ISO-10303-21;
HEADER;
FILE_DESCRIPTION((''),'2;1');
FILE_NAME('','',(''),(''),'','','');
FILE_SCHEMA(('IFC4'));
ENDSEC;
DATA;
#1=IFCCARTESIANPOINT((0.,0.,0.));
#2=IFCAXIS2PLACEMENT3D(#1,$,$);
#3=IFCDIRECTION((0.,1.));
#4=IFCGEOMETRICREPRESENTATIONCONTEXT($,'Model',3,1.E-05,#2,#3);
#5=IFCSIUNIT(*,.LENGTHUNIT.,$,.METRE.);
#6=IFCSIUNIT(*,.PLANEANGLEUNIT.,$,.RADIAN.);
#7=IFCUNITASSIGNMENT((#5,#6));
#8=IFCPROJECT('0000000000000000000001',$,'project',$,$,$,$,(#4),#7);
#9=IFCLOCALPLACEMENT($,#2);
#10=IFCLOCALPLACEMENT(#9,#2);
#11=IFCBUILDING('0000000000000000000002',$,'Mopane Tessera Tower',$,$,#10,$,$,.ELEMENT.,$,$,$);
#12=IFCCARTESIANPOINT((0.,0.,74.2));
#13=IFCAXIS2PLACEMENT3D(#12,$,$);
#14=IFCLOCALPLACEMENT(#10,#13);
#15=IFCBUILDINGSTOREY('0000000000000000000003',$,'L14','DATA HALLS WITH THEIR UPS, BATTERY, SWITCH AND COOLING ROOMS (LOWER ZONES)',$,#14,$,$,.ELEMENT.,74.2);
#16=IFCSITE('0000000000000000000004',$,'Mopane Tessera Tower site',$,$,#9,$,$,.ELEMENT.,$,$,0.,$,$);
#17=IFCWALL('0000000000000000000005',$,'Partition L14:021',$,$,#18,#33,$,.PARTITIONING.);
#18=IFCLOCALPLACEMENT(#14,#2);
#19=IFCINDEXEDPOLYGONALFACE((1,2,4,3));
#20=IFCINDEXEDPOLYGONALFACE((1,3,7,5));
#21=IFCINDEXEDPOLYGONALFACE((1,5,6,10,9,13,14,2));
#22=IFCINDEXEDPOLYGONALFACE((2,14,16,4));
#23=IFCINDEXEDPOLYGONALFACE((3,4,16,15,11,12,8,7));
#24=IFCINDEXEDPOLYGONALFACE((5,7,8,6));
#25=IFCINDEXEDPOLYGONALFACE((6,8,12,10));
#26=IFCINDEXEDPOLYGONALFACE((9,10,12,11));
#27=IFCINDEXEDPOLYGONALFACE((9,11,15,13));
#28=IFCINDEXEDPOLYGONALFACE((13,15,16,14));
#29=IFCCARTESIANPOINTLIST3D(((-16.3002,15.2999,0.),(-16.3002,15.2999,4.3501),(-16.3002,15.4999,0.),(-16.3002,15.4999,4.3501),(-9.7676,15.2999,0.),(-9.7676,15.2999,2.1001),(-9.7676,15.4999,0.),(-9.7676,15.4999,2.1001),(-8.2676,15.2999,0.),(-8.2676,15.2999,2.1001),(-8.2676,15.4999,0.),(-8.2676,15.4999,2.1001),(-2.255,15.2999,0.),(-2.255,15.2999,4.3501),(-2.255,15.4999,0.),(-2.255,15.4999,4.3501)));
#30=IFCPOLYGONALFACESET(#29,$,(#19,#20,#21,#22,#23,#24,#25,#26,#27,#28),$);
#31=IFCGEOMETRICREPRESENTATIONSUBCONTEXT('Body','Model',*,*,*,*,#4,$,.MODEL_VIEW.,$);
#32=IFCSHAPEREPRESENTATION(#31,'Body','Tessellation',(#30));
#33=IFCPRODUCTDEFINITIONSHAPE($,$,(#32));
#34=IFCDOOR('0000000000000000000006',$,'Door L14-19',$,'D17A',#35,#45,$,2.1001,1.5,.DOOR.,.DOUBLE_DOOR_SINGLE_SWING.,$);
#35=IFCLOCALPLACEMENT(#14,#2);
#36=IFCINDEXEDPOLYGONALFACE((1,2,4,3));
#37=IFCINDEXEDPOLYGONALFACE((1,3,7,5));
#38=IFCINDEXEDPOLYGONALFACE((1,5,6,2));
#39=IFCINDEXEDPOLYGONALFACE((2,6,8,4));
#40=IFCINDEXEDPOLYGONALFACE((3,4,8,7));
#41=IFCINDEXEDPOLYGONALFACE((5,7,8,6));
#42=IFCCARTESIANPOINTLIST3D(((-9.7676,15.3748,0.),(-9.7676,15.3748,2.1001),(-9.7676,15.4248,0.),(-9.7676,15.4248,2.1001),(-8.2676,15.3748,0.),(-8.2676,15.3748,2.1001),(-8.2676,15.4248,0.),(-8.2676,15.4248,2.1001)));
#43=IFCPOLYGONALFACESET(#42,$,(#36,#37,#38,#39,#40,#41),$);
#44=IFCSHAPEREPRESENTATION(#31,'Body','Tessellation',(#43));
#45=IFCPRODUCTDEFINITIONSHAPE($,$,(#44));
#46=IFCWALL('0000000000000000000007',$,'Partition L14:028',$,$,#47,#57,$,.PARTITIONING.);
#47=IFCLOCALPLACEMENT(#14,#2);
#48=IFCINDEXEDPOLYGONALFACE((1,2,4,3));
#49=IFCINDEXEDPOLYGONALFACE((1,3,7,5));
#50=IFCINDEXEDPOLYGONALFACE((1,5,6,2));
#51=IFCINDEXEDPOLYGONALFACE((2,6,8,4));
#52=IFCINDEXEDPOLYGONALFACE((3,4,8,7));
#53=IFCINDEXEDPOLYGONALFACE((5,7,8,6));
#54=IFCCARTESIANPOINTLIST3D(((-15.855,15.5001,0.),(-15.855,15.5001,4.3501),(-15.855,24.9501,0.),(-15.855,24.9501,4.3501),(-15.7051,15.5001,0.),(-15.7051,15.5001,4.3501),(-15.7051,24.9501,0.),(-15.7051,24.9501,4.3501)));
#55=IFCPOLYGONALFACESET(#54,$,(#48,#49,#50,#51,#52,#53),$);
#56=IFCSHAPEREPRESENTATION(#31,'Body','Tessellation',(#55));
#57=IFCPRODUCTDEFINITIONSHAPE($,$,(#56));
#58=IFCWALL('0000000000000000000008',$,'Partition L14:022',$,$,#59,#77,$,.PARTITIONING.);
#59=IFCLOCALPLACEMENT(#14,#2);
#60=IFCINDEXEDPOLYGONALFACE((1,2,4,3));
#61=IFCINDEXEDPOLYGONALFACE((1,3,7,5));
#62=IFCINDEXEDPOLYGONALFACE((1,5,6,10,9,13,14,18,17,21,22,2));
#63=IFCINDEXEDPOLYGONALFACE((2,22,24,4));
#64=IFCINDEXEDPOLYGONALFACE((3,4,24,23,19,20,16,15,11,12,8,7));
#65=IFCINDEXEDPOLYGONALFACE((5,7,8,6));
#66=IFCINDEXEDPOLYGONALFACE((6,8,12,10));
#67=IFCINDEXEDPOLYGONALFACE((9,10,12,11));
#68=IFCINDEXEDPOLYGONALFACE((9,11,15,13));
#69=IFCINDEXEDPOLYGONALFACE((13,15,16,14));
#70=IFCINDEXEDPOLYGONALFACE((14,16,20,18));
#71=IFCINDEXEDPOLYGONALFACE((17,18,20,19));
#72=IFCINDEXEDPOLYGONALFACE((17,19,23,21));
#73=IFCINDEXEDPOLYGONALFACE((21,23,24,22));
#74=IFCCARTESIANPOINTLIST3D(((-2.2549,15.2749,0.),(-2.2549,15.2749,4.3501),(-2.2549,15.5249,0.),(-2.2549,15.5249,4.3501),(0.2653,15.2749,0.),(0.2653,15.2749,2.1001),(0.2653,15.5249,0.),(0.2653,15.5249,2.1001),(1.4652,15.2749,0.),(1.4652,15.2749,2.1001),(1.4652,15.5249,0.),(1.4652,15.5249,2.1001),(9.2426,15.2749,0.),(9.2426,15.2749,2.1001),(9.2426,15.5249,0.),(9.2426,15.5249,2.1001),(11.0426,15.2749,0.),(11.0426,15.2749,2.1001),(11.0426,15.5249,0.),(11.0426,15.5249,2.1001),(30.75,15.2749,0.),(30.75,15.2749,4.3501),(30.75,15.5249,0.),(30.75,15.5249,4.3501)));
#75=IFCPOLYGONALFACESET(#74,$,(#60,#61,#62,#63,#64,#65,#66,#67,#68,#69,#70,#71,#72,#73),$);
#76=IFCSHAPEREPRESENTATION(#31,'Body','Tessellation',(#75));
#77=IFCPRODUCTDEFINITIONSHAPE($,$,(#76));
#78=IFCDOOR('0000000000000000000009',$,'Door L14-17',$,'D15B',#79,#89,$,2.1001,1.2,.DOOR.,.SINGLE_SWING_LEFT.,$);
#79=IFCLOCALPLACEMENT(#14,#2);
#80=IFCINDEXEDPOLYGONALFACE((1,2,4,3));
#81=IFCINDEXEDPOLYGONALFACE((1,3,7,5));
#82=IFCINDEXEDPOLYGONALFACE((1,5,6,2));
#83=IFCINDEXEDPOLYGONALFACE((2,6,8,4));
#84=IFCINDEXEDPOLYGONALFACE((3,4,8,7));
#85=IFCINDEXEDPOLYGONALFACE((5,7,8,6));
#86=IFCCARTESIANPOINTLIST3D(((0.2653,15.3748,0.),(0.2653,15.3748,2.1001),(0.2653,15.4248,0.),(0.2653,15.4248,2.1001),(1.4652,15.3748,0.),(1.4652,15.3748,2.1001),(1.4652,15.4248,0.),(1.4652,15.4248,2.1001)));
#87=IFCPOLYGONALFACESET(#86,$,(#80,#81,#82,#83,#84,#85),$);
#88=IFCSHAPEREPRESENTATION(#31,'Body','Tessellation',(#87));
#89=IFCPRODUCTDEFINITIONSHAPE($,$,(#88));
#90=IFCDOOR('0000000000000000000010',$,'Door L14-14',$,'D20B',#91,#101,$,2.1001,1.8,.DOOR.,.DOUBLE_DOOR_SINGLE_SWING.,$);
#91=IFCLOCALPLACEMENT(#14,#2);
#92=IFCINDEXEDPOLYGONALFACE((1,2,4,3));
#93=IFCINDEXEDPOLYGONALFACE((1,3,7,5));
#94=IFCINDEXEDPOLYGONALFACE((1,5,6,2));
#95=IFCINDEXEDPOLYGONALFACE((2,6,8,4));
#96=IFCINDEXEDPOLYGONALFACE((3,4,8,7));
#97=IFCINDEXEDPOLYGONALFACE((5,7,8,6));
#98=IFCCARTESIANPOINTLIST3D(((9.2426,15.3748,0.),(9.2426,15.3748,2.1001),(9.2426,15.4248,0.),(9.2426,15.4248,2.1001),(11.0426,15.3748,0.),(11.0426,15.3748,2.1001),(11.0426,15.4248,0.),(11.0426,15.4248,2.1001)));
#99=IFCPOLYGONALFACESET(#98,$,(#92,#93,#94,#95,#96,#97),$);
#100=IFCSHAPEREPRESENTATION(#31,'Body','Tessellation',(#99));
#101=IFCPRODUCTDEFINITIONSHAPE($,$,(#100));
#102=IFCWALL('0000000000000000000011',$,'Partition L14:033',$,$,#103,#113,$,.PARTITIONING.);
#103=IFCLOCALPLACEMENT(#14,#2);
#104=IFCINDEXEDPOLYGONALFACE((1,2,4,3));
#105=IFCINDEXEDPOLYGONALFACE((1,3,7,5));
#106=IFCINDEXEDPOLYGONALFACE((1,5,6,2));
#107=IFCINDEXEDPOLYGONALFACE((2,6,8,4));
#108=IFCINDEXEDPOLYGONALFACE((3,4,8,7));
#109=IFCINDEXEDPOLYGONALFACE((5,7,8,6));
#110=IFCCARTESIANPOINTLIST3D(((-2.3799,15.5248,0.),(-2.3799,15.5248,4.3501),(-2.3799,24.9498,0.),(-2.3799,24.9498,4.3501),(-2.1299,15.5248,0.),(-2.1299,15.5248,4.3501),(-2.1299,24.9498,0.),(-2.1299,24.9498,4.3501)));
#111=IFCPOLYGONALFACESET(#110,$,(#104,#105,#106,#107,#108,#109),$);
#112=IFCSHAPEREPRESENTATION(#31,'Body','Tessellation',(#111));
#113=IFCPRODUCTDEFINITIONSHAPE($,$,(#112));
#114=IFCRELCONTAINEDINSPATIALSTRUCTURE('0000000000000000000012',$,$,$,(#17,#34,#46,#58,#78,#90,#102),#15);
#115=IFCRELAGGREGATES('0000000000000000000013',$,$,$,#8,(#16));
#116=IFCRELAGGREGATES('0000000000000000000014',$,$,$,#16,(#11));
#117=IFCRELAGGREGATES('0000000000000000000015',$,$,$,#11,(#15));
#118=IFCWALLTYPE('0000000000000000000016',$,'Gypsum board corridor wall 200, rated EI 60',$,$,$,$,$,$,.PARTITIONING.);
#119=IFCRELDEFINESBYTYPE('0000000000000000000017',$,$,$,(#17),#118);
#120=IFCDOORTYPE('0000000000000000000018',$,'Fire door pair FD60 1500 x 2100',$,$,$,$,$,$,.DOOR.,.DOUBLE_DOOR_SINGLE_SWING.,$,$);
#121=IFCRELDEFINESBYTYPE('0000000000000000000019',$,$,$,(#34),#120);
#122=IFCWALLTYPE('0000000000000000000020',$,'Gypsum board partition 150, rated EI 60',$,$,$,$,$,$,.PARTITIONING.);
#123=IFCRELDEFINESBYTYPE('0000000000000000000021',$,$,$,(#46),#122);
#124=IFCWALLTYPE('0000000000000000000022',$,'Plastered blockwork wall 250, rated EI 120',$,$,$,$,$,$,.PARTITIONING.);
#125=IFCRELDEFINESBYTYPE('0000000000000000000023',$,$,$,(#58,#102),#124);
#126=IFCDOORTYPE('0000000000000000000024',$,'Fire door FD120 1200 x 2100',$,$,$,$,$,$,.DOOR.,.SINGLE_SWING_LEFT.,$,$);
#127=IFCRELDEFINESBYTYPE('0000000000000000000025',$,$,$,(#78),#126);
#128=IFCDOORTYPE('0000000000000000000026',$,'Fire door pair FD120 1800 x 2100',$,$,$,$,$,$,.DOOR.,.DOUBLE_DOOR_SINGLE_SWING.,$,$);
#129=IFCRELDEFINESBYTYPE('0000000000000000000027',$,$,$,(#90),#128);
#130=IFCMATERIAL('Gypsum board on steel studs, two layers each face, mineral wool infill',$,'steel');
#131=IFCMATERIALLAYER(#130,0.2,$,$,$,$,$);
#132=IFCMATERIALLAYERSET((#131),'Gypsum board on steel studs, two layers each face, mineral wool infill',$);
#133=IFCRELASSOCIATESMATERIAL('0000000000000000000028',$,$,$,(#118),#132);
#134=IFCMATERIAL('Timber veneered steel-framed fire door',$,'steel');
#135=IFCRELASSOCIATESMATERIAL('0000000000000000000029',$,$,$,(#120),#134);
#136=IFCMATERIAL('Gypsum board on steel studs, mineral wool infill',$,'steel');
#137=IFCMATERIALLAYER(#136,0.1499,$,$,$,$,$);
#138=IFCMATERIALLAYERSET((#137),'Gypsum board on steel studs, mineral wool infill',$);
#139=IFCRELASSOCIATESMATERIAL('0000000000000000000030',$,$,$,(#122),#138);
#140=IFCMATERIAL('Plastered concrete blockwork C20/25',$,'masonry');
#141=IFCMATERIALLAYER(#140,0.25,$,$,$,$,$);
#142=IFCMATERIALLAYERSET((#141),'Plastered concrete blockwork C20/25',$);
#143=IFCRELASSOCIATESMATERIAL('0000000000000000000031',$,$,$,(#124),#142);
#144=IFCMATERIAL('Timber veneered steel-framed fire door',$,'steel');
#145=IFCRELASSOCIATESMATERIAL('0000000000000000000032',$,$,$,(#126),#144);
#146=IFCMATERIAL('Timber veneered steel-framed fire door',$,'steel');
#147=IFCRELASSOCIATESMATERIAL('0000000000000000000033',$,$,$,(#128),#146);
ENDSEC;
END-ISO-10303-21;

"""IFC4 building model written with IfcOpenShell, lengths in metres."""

from ifc_helpers import new_model, si_unit, direction, frame, frame_2d, origin, place, context, subcontext, project, spatial, rectangle, extrude, material, layer, layer_set, type_object, element, fill, save


model = new_model("IFC4")

# Units and contexts
model_context = context("Model", 3, precision=1e-05, world=origin(), true_north=direction((0.0, 1.0)))
body_context = subcontext(model_context, "Body", "Model", "MODEL_VIEW")
ifc_project = project(units=[si_unit("LENGTHUNIT", "METRE"), si_unit("PLANEANGLEUNIT", "RADIAN")], contexts=[model_context])

# Site, building, storey
site_placement = place(None, origin())
site = spatial("IfcSite", under=ifc_project, at=site_placement, Name="Mopane Tessera Tower site", CompositionType="ELEMENT", RefElevation=0.0)
building_placement = place(site_placement, origin())
building = spatial("IfcBuilding", under=site, at=building_placement, Name="Mopane Tessera Tower", CompositionType="ELEMENT")
storey_placement = place(building_placement, frame((0.0, 0.0, 74.2)))
storey = spatial("IfcBuildingStorey", under=building, at=storey_placement, Name="L14", Description="DATA HALLS WITH THEIR UPS, BATTERY, SWITCH AND COOLING ROOMS (LOWER ZONES)", CompositionType="ELEMENT", Elevation=74.2)

# Wall, opening, door
ifc_material_1 = material(Name="Gypsum board on steel studs, two layers each face, mineral wool infill", Category="steel")
ifc_layer_1 = layer(ifc_material_1, 0.2)
ifc_layer_set_1 = layer_set([ifc_layer_1], Name="Gypsum board on steel studs, two layers each face, mineral wool infill")
wall_type_1 = type_object("IfcWallType", Name="Gypsum board corridor wall 200, rated EI 60", PredefinedType="PARTITIONING", material=ifc_layer_set_1)
wall_1_placement = place(storey_placement, frame((-16.3, 15.3999, 0.0), z_axis=(0.0, 0.0, 1.0), x_axis=(1.0, 0.0, 0.0)))
wall_1 = element("IfcWall", 1, at=wall_1_placement, inside=storey, type_object=wall_type_1, Name="Partition L14:021", PredefinedType="PARTITIONING", context=body_context, shape_type="SweptSolid", body=[
    extrude(rectangle(XDim=14.0452, YDim=0.2, at=frame_2d((7.0225, 0.0))), origin(), (0.0, 0.0, 1.0), 4.3501),
])
opening_1_placement = place(wall_1_placement, frame((6.5325, 0.0, 0.0)))
opening_1 = element("IfcOpeningElement", 2, at=opening_1_placement, cuts=wall_1, PredefinedType="OPENING", context=body_context, shape_type="SweptSolid", body=[
    extrude(rectangle(XDim=1.5, YDim=2.1001, at=frame_2d((0.75, 1.05))), frame((0.0, 0.1121, 0.0), z_axis=(0.0, -1.0, 0.0), x_axis=(1.0, 0.0, 0.0)), (0.0, 0.0, 1.0), 0.2239),
])
ifc_material_2 = material(Name="Timber veneered steel-framed fire door", Category="steel")
door_type_1 = type_object("IfcDoorType", Name="Fire door pair FD60 1500 x 2100", OperationType="DOUBLE_DOOR_SINGLE_SWING", PredefinedType="DOOR", material=ifc_material_2)
door_1_placement = place(opening_1_placement, origin())
door_1 = element("IfcDoor", 3, at=door_1_placement, inside=storey, type_object=door_type_1, Name="Door L14-19", ObjectType="D17A", OperationType="DOUBLE_DOOR_SINGLE_SWING", OverallHeight=2.1001, OverallWidth=1.5, PredefinedType="DOOR", context=body_context, shape_type="SweptSolid", body=[
    extrude(rectangle(XDim=1.5, YDim=2.1001, at=frame_2d((0.75, 1.05))), frame((0.0, 0.0249, 0.0), z_axis=(0.0, -1.0, 0.0), x_axis=(1.0, 0.0, 0.0)), (0.0, 0.0, 1.0), 0.05),
])
fill(opening_1, door_1)

# Wall
ifc_material_3 = material(Name="Gypsum board on steel studs, mineral wool infill", Category="steel")
ifc_layer_2 = layer(ifc_material_3, 0.1499)
ifc_layer_set_2 = layer_set([ifc_layer_2], Name="Gypsum board on steel studs, mineral wool infill")
wall_type_2 = type_object("IfcWallType", Name="Gypsum board partition 150, rated EI 60", PredefinedType="PARTITIONING", material=ifc_layer_set_2)
wall_2_placement = place(storey_placement, frame((-15.78, 15.5, 0.0), z_axis=(0.0, 0.0, 1.0), x_axis=(0.0, 1.0, 0.0)))
element("IfcWall", 4, at=wall_2_placement, inside=storey, type_object=wall_type_2, Name="Partition L14:028", PredefinedType="PARTITIONING", context=body_context, shape_type="SweptSolid", body=[
    extrude(rectangle(XDim=9.45, YDim=0.1499, at=frame_2d((4.7251, 0.0))), origin(), (0.0, 0.0, 1.0), 4.3501),
])

# Wall, openings, doors
ifc_material_4 = material(Name="Plastered concrete blockwork C20/25", Category="masonry")
ifc_layer_3 = layer(ifc_material_4, 0.25)
ifc_layer_set_3 = layer_set([ifc_layer_3], Name="Plastered concrete blockwork C20/25")
wall_type_3 = type_object("IfcWallType", Name="Plastered blockwork wall 250, rated EI 120", PredefinedType="PARTITIONING", material=ifc_layer_set_3)
wall_3_placement = place(storey_placement, frame((-2.2549, 15.3999, 0.0), z_axis=(0.0, 0.0, 1.0), x_axis=(1.0, 0.0, 0.0)))
wall_3 = element("IfcWall", 5, at=wall_3_placement, inside=storey, type_object=wall_type_3, Name="Partition L14:022", PredefinedType="PARTITIONING", context=body_context, shape_type="SweptSolid", body=[
    extrude(rectangle(XDim=33.0049, YDim=0.25, at=frame_2d((16.5024, 0.0))), origin(), (0.0, 0.0, 1.0), 4.3501),
])
opening_2_placement = place(wall_3_placement, frame((11.4976, 0.0, 0.0)))
opening_2 = element("IfcOpeningElement", 6, at=opening_2_placement, cuts=wall_3, PredefinedType="OPENING", context=body_context, shape_type="SweptSolid", body=[
    extrude(rectangle(XDim=1.8, YDim=2.1001, at=frame_2d((0.8999, 1.05))), frame((0.0, 0.137, 0.0), z_axis=(0.0, -1.0, 0.0), x_axis=(1.0, 0.0, 0.0)), (0.0, 0.0, 1.0), 0.2739),
])
opening_3_placement = place(wall_3_placement, frame((2.52, 0.0, 0.0)))
opening_3 = element("IfcOpeningElement", 7, at=opening_3_placement, cuts=wall_3, PredefinedType="OPENING", context=body_context, shape_type="SweptSolid", body=[
    extrude(rectangle(XDim=1.2, YDim=2.1001, at=frame_2d((0.6001, 1.05))), frame((0.0, 0.137, 0.0), z_axis=(0.0, -1.0, 0.0), x_axis=(1.0, 0.0, 0.0)), (0.0, 0.0, 1.0), 0.2739),
])
ifc_material_5 = material(Name="Timber veneered steel-framed fire door", Category="steel")
door_type_2 = type_object("IfcDoorType", Name="Fire door FD120 1200 x 2100", OperationType="SINGLE_SWING_LEFT", PredefinedType="DOOR", material=ifc_material_5)
door_2_placement = place(opening_3_placement, origin())
door_2 = element("IfcDoor", 8, at=door_2_placement, inside=storey, type_object=door_type_2, Name="Door L14-17", ObjectType="D15B", OperationType="SINGLE_SWING_LEFT", OverallHeight=2.1001, OverallWidth=1.2, PredefinedType="DOOR", context=body_context, shape_type="SweptSolid", body=[
    extrude(rectangle(XDim=1.2, YDim=2.1001, at=frame_2d((0.6001, 1.05))), frame((0.0, 0.0249, 0.0), z_axis=(0.0, -1.0, 0.0), x_axis=(1.0, 0.0, 0.0)), (0.0, 0.0, 1.0), 0.05),
])
fill(opening_3, door_2)
ifc_material_6 = material(Name="Timber veneered steel-framed fire door", Category="steel")
door_type_3 = type_object("IfcDoorType", Name="Fire door pair FD120 1800 x 2100", OperationType="DOUBLE_DOOR_SINGLE_SWING", PredefinedType="DOOR", material=ifc_material_6)
door_3_placement = place(opening_2_placement, origin())
door_3 = element("IfcDoor", 9, at=door_3_placement, inside=storey, type_object=door_type_3, Name="Door L14-14", ObjectType="D20B", OperationType="DOUBLE_DOOR_SINGLE_SWING", OverallHeight=2.1001, OverallWidth=1.8, PredefinedType="DOOR", context=body_context, shape_type="SweptSolid", body=[
    extrude(rectangle(XDim=1.8, YDim=2.1001, at=frame_2d((0.8999, 1.05))), frame((0.0, 0.0249, 0.0), z_axis=(0.0, -1.0, 0.0), x_axis=(1.0, 0.0, 0.0)), (0.0, 0.0, 1.0), 0.05),
])
fill(opening_2, door_3)

# Wall
wall_4_placement = place(storey_placement, frame((-2.2549, 15.5249, 0.0), z_axis=(0.0, 0.0, 1.0), x_axis=(0.0, 1.0, 0.0)))
element("IfcWall", 10, at=wall_4_placement, inside=storey, type_object=wall_type_3, Name="Partition L14:033", PredefinedType="PARTITIONING", context=body_context, shape_type="SweptSolid", body=[
    extrude(rectangle(XDim=9.425, YDim=0.25, at=frame_2d((4.7124, 0.0))), origin(), (0.0, 0.0, 1.0), 4.3501),
])

save(model, "model.ifc")
